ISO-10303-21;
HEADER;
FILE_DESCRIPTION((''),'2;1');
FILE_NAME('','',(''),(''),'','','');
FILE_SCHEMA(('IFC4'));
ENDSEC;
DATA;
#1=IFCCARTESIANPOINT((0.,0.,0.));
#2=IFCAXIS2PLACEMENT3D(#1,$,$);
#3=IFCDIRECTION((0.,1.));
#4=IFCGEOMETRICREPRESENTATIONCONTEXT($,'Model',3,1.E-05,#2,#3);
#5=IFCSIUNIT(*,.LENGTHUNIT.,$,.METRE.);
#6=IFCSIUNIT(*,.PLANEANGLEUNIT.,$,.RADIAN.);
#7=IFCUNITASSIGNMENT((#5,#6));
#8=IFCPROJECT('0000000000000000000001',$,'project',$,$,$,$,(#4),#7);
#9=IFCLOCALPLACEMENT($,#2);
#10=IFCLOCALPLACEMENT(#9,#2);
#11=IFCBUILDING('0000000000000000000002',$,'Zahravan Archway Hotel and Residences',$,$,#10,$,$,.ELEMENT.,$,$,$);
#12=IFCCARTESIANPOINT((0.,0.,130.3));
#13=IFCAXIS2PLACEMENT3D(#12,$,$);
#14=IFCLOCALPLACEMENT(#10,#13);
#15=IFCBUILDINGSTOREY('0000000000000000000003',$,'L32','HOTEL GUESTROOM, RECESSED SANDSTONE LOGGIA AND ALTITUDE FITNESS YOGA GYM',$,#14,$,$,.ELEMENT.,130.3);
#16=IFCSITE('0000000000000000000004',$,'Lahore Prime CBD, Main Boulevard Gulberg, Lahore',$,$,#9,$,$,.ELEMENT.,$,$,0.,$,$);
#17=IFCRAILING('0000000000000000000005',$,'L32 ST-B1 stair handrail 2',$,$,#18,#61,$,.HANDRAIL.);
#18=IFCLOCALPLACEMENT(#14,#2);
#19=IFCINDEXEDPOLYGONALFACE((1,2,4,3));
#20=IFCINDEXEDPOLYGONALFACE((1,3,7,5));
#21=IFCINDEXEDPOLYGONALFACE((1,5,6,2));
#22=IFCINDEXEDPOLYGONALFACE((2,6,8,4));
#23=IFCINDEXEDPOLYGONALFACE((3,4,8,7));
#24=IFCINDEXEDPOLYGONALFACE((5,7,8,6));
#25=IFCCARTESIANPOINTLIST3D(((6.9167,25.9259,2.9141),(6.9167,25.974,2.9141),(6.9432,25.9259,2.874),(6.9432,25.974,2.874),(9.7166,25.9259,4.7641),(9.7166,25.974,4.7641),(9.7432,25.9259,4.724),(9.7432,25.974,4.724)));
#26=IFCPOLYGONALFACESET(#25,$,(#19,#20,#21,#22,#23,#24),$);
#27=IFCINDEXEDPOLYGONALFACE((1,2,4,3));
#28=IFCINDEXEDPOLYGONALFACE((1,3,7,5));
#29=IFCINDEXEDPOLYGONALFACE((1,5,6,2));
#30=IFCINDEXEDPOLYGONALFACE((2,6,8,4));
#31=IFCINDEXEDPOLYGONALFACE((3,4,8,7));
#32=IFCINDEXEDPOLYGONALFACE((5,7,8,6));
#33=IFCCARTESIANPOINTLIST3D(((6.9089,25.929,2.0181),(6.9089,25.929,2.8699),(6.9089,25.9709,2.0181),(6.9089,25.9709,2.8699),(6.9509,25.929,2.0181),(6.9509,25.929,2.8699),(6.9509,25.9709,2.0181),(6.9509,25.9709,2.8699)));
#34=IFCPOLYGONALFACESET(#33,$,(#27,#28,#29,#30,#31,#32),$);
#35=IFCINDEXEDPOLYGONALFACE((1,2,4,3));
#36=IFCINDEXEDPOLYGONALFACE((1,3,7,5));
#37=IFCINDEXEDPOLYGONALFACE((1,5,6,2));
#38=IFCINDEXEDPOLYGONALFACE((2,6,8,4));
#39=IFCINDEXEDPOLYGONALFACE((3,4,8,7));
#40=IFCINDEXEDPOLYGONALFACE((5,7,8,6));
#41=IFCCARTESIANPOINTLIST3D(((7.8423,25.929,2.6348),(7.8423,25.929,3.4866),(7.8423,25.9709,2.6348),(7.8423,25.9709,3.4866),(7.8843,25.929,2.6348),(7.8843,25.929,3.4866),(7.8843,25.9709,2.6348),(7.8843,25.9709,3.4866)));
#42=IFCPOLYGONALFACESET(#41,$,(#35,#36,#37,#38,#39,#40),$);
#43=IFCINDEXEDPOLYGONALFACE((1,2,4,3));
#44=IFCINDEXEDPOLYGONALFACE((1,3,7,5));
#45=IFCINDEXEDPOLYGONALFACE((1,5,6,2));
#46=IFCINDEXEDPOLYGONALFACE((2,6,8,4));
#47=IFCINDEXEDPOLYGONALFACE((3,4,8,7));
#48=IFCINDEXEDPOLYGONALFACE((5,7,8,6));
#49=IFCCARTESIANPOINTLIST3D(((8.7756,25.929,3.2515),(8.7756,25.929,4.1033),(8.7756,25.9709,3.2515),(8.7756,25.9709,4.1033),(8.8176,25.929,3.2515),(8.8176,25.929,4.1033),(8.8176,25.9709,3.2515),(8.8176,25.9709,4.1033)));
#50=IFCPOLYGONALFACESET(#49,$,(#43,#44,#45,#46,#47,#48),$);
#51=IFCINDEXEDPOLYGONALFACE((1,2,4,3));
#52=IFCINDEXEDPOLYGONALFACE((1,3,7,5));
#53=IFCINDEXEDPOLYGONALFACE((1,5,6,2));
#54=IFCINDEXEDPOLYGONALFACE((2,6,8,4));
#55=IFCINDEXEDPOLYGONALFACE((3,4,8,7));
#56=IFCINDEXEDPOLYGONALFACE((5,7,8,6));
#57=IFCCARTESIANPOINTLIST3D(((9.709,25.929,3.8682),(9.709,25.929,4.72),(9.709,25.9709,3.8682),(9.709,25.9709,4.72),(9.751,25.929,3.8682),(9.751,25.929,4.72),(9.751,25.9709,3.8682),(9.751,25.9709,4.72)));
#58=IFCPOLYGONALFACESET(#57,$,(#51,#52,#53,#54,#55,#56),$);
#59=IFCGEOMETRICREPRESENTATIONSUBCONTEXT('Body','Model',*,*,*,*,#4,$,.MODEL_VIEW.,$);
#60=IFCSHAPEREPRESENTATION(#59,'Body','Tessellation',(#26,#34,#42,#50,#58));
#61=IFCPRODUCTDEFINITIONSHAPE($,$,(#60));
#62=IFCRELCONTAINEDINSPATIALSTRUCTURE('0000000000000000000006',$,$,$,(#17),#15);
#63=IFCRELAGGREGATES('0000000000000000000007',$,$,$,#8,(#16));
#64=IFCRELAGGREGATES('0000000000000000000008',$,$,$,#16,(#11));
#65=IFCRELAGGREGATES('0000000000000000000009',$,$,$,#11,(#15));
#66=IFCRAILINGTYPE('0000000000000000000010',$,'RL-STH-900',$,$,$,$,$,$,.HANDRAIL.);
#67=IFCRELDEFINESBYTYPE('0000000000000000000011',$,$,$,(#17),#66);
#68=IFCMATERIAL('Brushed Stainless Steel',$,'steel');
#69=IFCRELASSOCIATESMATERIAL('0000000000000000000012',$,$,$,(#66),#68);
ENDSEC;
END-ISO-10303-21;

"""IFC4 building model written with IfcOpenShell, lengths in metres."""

from ifc_helpers import new_model, si_unit, direction, frame, origin, origin_2d, place, context, subcontext, project, spatial, rectangle, extrude, material, type_object, element, save


model = new_model("IFC4")

# Units and contexts
model_context = context("Model", 3, precision=1e-05, world=origin(), true_north=direction((0.0, 1.0)))
body_context = subcontext(model_context, "Body", "Model", "MODEL_VIEW")
ifc_project = project(units=[si_unit("LENGTHUNIT", "METRE"), si_unit("PLANEANGLEUNIT", "RADIAN")], contexts=[model_context])

# Site, building, storey
site_placement = place(None, origin())
site = spatial("IfcSite", under=ifc_project, at=site_placement, Name="Lahore Prime CBD, Main Boulevard Gulberg, Lahore", CompositionType="ELEMENT", RefElevation=0.0)
building_placement = place(site_placement, origin())
building = spatial("IfcBuilding", under=site, at=building_placement, Name="Zahravan Archway Hotel and Residences", CompositionType="ELEMENT")
storey_placement = place(building_placement, frame((0.0, 0.0, 130.3)))
storey = spatial("IfcBuildingStorey", under=building, at=storey_placement, Name="L32", Description="HOTEL GUESTROOM, RECESSED SANDSTONE LOGGIA AND ALTITUDE FITNESS YOGA GYM", CompositionType="ELEMENT", Elevation=130.3)

# Shared definitions
ifc_material_1 = material(Name="Brushed Stainless Steel", Category="steel")

# Railing
railing_type_1 = type_object("IfcRailingType", Name="RL-STH-900", PredefinedType="HANDRAIL", material=ifc_material_1)
railing_1_placement = place(storey_placement, frame((6.9299, 25.95, 2.0181)))
element("IfcRailing", 1, at=railing_1_placement, inside=storey, type_object=railing_type_1, Name="L32 ST-B1 stair handrail 2", PredefinedType="HANDRAIL", context=body_context, shape_type="SweptSolid", body=[
    extrude(rectangle(XDim=0.0481, YDim=0.0481, at=origin_2d()), frame((0.0, 0.0, 0.876), z_axis=(0.834326, 0.0, 0.551271), x_axis=(0.0, 1.0, 0.0)), (0.0, 0.0, 1.0), 3.356),
    extrude(rectangle(XDim=0.042, YDim=0.042, at=origin_2d()), origin(), (0.0, 0.0, 1.0), 0.8518),
    extrude(rectangle(XDim=0.042, YDim=0.042, at=origin_2d()), frame((0.9333, 0.0, 0.6167)), (0.0, 0.0, 1.0), 0.8518),
    extrude(rectangle(XDim=0.042, YDim=0.042, at=origin_2d()), frame((1.8667, 0.0, 1.2334)), (0.0, 0.0, 1.0), 0.8518),
    extrude(rectangle(XDim=0.042, YDim=0.042, at=origin_2d()), frame((2.8, 0.0, 1.8501)), (0.0, 0.0, 1.0), 0.8518),
])

save(model, "model.ifc")
